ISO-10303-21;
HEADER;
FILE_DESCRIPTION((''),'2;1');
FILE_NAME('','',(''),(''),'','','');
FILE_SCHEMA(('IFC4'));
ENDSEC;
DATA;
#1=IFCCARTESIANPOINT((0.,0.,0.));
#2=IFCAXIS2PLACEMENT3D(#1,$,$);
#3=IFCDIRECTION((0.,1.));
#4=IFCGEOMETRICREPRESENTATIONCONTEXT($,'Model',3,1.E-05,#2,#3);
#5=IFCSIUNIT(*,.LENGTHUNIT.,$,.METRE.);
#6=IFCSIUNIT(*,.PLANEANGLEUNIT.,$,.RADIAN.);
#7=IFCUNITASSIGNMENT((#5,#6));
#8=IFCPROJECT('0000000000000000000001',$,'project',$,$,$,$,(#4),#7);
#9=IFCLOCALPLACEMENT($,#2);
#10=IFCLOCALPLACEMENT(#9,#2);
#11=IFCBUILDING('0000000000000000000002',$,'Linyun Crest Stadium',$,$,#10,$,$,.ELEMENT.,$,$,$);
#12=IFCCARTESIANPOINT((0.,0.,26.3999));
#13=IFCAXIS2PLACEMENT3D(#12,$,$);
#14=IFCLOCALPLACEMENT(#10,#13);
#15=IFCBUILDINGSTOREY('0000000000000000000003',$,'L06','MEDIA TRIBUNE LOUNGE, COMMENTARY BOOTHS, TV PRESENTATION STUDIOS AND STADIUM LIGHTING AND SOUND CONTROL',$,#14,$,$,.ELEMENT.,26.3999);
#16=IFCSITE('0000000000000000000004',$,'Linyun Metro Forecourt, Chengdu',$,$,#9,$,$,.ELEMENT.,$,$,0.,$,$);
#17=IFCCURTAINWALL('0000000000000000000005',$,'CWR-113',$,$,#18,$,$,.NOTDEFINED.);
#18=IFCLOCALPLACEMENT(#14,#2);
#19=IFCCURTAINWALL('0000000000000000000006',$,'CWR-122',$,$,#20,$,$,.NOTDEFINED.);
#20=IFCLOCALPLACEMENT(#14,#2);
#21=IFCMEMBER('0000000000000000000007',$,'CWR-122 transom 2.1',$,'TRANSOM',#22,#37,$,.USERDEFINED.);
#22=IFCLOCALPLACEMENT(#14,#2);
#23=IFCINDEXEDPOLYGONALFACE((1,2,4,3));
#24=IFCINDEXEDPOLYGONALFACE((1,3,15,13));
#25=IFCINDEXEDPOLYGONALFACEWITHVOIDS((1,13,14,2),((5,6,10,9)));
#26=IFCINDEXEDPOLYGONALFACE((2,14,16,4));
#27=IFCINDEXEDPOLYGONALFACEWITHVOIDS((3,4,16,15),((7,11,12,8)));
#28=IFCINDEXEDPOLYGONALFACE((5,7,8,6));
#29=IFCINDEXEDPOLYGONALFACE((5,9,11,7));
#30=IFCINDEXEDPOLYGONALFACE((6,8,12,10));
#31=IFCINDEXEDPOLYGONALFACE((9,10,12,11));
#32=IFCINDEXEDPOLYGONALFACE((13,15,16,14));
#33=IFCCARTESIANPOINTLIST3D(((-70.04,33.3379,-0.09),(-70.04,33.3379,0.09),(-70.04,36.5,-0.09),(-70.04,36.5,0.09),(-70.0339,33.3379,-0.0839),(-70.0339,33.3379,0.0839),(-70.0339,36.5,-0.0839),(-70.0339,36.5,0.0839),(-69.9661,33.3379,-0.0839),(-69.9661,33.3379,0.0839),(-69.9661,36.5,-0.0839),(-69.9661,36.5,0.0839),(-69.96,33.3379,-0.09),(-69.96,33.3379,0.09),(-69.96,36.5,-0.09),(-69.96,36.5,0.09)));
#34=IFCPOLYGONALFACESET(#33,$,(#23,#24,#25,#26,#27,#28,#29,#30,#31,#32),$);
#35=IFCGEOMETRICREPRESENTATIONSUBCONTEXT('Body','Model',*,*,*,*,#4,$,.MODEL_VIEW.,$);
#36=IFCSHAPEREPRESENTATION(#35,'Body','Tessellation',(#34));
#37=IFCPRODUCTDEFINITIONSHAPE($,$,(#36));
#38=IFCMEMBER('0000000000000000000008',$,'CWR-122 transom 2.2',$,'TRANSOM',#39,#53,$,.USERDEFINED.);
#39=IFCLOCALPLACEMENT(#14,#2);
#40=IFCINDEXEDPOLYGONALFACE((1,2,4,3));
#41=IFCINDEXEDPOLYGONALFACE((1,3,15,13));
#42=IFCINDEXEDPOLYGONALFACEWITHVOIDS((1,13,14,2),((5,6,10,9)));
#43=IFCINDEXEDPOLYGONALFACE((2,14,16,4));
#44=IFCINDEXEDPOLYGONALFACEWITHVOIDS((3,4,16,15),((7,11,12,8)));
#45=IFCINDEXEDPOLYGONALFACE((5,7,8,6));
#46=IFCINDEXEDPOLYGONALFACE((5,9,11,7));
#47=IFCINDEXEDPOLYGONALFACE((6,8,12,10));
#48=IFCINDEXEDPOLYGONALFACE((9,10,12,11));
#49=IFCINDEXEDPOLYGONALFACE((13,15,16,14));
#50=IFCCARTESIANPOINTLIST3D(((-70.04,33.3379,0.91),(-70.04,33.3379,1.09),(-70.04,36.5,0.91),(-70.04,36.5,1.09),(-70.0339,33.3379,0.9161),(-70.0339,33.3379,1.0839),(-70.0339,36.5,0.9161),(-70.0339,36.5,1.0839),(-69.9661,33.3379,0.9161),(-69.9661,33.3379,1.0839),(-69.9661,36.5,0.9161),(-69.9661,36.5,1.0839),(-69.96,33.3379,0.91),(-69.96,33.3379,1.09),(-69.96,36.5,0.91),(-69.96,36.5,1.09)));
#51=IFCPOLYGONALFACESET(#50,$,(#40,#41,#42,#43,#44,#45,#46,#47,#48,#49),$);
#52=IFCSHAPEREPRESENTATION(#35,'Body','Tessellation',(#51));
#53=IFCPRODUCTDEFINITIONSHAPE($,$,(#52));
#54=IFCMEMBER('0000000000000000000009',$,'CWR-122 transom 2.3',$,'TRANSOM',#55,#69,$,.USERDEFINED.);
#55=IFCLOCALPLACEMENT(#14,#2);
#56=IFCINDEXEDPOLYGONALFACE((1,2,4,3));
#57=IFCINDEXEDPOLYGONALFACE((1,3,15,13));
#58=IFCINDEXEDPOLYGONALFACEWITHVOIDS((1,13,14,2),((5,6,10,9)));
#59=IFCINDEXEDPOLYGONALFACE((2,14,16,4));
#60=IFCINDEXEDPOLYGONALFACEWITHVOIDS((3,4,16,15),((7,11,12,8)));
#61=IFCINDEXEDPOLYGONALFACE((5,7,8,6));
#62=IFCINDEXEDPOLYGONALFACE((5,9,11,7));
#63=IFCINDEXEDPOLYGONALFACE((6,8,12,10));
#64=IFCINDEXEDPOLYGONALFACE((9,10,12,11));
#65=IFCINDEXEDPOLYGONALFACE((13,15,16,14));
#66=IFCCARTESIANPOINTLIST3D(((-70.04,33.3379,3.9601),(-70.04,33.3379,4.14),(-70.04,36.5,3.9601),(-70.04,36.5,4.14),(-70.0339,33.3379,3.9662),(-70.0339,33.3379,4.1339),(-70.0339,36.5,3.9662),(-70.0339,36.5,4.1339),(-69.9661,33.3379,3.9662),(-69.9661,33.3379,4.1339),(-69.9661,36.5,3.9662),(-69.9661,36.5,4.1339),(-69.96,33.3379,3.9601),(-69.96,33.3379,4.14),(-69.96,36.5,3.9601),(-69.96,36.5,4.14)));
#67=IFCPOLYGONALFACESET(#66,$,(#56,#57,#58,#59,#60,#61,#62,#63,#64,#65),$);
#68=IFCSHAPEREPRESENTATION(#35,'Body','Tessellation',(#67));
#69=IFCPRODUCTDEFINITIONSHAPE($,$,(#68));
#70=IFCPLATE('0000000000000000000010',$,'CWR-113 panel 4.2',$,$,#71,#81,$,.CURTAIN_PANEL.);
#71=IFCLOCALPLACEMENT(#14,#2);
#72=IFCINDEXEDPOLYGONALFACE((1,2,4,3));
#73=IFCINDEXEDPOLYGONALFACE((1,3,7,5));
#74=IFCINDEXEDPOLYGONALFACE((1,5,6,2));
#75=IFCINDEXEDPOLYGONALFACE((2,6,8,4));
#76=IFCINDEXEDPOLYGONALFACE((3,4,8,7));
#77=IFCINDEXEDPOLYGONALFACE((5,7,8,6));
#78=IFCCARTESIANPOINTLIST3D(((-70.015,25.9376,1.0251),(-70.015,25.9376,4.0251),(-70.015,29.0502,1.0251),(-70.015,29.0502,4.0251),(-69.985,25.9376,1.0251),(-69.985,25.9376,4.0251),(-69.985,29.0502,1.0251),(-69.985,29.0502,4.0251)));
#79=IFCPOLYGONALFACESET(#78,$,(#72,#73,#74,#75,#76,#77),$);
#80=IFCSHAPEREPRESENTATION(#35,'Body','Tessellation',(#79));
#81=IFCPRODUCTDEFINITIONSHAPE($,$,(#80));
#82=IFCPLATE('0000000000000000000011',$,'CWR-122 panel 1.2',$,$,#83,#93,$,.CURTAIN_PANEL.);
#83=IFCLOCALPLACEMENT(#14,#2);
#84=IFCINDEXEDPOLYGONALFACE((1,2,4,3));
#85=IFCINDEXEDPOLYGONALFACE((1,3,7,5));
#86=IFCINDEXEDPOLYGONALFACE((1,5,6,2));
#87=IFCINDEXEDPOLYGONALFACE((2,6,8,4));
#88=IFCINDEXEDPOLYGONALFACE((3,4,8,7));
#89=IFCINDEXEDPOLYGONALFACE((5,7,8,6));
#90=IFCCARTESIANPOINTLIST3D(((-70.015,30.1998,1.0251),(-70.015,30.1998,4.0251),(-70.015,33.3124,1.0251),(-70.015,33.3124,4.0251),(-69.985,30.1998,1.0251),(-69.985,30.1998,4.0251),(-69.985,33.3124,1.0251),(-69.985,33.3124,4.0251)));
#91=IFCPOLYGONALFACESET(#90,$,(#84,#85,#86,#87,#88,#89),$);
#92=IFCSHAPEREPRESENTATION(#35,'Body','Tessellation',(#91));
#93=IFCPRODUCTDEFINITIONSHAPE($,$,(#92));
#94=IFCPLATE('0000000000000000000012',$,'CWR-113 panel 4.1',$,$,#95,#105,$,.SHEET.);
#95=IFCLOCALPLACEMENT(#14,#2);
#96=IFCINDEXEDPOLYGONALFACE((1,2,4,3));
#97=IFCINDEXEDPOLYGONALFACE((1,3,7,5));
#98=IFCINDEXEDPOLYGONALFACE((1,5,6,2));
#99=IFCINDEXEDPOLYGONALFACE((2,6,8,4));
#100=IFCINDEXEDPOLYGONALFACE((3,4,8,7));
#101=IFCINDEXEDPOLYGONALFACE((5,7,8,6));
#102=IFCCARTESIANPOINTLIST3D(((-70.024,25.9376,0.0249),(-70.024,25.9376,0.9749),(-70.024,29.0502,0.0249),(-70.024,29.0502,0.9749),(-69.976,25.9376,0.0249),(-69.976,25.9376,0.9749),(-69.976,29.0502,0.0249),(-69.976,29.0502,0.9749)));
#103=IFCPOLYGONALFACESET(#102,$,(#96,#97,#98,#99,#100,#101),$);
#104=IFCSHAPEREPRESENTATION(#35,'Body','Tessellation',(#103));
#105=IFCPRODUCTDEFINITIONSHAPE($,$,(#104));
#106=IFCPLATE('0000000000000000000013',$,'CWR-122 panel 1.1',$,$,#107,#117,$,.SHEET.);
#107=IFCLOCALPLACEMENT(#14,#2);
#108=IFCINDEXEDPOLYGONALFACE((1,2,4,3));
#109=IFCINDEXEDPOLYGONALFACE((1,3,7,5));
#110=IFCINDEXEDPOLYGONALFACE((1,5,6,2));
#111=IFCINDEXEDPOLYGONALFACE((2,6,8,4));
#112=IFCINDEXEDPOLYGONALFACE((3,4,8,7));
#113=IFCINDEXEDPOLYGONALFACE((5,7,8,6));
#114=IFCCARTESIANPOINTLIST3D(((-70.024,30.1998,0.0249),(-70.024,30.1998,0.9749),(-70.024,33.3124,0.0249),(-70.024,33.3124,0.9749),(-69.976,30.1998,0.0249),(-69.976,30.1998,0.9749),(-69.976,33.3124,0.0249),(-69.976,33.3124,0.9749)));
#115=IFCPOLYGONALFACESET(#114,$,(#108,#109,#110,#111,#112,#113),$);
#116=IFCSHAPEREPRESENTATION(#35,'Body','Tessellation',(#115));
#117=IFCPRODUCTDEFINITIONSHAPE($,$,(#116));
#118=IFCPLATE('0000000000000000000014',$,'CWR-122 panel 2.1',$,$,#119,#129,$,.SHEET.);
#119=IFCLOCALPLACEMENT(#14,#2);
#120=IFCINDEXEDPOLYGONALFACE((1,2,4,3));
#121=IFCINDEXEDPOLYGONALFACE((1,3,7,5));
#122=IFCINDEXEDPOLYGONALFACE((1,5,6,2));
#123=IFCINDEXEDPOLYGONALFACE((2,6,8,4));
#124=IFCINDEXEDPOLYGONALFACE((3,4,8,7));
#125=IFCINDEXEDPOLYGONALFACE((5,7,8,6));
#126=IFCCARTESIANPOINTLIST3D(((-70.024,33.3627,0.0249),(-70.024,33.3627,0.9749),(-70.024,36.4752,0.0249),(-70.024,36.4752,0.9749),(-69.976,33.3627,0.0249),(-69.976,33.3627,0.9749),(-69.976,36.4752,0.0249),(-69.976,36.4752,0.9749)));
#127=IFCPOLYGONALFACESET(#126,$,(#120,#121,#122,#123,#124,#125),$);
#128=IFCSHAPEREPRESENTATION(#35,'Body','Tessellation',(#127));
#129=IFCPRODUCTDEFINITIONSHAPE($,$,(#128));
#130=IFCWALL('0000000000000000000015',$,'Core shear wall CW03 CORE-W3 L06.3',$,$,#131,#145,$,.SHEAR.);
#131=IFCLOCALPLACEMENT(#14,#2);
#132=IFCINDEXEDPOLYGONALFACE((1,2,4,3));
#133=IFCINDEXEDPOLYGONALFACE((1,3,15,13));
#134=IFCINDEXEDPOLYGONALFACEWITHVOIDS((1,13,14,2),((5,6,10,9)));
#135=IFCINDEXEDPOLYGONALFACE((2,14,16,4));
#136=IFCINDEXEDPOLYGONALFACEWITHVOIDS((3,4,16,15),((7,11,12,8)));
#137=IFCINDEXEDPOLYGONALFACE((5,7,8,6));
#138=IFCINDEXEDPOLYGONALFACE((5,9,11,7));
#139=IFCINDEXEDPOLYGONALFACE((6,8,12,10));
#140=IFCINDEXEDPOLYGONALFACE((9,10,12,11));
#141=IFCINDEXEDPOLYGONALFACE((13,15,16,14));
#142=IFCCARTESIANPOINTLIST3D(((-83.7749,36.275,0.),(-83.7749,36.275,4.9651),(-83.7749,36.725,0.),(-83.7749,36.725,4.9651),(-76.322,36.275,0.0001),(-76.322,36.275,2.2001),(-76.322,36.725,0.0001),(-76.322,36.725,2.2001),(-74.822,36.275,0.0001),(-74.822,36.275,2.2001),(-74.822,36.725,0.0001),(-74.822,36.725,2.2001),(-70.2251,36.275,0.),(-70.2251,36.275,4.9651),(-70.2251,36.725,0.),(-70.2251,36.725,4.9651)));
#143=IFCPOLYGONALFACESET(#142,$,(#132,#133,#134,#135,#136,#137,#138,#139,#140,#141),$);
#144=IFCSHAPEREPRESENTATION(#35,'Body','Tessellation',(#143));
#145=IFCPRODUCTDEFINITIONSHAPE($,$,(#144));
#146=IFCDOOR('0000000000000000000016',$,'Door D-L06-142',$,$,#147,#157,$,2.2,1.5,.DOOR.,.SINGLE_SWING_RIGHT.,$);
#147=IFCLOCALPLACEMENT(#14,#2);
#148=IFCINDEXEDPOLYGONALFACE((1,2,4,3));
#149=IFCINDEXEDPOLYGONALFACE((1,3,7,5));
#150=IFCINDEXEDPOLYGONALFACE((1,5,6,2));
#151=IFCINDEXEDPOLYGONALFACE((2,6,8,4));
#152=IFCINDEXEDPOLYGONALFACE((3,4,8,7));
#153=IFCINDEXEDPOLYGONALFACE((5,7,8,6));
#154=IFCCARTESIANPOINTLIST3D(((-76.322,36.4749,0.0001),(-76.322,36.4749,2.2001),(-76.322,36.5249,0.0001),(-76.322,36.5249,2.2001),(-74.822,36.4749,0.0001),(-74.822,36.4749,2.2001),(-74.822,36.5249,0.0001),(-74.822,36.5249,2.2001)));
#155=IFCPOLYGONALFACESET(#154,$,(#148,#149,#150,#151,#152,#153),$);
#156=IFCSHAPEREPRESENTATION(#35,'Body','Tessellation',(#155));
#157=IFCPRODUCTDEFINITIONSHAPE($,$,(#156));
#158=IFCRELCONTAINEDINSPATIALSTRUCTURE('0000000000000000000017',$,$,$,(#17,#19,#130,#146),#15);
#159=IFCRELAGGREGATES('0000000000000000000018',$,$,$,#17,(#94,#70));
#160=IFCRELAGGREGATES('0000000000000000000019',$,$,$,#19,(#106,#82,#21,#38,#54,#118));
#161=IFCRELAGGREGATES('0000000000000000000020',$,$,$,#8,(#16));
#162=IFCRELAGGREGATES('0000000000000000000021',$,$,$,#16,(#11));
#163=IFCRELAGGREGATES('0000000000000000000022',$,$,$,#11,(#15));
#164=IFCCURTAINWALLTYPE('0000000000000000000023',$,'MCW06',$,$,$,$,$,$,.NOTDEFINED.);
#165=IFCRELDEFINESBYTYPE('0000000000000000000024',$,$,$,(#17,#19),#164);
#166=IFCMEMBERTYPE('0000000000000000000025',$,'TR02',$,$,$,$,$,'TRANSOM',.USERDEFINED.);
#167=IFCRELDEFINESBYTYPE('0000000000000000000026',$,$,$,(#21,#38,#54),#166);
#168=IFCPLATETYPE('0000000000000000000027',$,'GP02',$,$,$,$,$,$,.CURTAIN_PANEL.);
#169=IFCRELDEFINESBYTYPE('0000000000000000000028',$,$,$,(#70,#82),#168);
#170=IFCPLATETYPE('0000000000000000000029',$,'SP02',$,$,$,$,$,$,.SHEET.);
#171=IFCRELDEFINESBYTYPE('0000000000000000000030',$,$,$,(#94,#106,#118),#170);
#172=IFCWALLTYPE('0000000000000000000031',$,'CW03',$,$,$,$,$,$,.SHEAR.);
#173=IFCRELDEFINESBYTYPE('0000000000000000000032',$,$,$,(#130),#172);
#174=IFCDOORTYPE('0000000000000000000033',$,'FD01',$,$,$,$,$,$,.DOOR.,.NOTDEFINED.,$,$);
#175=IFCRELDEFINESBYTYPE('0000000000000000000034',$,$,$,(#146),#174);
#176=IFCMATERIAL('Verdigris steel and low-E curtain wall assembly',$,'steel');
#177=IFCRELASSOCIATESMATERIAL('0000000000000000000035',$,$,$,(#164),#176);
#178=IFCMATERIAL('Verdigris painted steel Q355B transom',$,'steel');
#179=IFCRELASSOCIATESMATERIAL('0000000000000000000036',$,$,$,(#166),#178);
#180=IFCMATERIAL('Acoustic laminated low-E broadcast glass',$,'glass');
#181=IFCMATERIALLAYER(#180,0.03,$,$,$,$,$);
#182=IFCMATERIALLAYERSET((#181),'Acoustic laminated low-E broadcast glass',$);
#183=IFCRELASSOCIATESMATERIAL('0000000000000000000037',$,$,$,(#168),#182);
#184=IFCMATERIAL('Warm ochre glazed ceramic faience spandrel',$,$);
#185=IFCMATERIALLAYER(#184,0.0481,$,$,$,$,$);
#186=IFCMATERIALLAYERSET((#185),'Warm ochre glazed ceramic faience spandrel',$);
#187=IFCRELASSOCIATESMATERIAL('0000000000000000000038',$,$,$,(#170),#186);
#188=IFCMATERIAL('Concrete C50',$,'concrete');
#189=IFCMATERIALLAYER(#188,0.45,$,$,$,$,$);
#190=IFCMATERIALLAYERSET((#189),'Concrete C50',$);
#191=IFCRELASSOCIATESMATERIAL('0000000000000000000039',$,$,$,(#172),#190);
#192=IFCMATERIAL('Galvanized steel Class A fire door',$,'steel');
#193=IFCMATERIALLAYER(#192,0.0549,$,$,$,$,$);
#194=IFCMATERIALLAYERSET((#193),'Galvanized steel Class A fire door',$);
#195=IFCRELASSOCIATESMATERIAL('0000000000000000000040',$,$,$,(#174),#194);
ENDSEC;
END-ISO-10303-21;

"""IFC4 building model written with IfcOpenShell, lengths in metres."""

from ifc_helpers import new_model, si_unit, direction, frame, frame_2d, origin, origin_2d, place, context, subcontext, project, spatial, rectangle, hollow_rectangle, extrude, material, layer, layer_set, material_profile, profile_set, type_object, element, fill, aggregate, save


model = new_model("IFC4")

# Units and contexts
model_context = context("Model", 3, precision=1e-05, world=origin(), true_north=direction((0.0, 1.0)))
body_context = subcontext(model_context, "Body", "Model", "MODEL_VIEW")
ifc_project = project(units=[si_unit("LENGTHUNIT", "METRE"), si_unit("PLANEANGLEUNIT", "RADIAN")], contexts=[model_context])

# Site, building, storey
site_placement = place(None, origin())
site = spatial("IfcSite", under=ifc_project, at=site_placement, Name="Linyun Metro Forecourt, Chengdu", CompositionType="ELEMENT", RefElevation=0.0)
building_placement = place(site_placement, origin())
building = spatial("IfcBuilding", under=site, at=building_placement, Name="Linyun Crest Stadium", CompositionType="ELEMENT")
storey_placement = place(building_placement, frame((0.0, 0.0, 26.3999)))
storey = spatial("IfcBuildingStorey", under=building, at=storey_placement, Name="L06", Description="MEDIA TRIBUNE LOUNGE, COMMENTARY BOOTHS, TV PRESENTATION STUDIOS AND STADIUM LIGHTING AND SOUND CONTROL", CompositionType="ELEMENT", Elevation=26.3999)

# Curtain wall
ifc_material_1 = material(Name="Verdigris steel and low-E curtain wall assembly", Category="steel")
curtain_wall_type = type_object("IfcCurtainWallType", Name="MCW06", PredefinedType="NOTDEFINED", material=ifc_material_1)
curtain_wall_1_placement = place(storey_placement, origin())
curtain_wall_1 = element("IfcCurtainWall", 1, at=curtain_wall_1_placement, inside=storey, type_object=curtain_wall_type, Name="CWR-113", PredefinedType="NOTDEFINED")

# Curtain wall
curtain_wall_2_placement = place(storey_placement, origin())
curtain_wall_2 = element("IfcCurtainWall", 2, at=curtain_wall_2_placement, inside=storey, type_object=curtain_wall_type, Name="CWR-122", PredefinedType="NOTDEFINED")

# Members
ifc_material_2 = material(Name="Verdigris painted steel Q355B transom", Category="steel")
ifc_material_profile_1 = material_profile(ifc_material_2, hollow_rectangle(XDim=0.0801, YDim=0.1799, WallThickness=0.0061, at=origin_2d()), Name="RHS 180x80x6")
ifc_profile_set_1 = profile_set([ifc_material_profile_1], Name="Verdigris painted steel Q355B transom")
member_type_1 = type_object("IfcMemberType", Name="TR02", ElementType="TRANSOM", PredefinedType="USERDEFINED", material=ifc_profile_set_1)
member_1_placement = place(storey_placement, frame((-70.0, 33.3379, 0.0), z_axis=(0.0, 1.0, 0.0), x_axis=(-1.0, 0.0, 0.0)))
member_1 = element("IfcMember", 3, at=member_1_placement, type_object=member_type_1, Name="CWR-122 transom 2.1", ObjectType="TRANSOM", PredefinedType="USERDEFINED", context=body_context, shape_type="SweptSolid", body=[
    extrude(hollow_rectangle(XDim=0.0801, YDim=0.1799, WallThickness=0.0061, at=origin_2d()), origin(), (0.0, 0.0, 1.0), 3.1621),
])
member_2_placement = place(storey_placement, frame((-70.0, 33.3379, 1.0), z_axis=(0.0, 1.0, 0.0), x_axis=(-1.0, 0.0, 0.0)))
member_2 = element("IfcMember", 4, at=member_2_placement, type_object=member_type_1, Name="CWR-122 transom 2.2", ObjectType="TRANSOM", PredefinedType="USERDEFINED", context=body_context, shape_type="SweptSolid", body=[
    extrude(hollow_rectangle(XDim=0.0801, YDim=0.1799, WallThickness=0.0061, at=origin_2d()), origin(), (0.0, 0.0, 1.0), 3.1621),
])
member_3_placement = place(storey_placement, frame((-70.0, 33.3379, 4.05), z_axis=(0.0, 1.0, 0.0), x_axis=(-1.0, 0.0, 0.0)))
member_3 = element("IfcMember", 5, at=member_3_placement, type_object=member_type_1, Name="CWR-122 transom 2.3", ObjectType="TRANSOM", PredefinedType="USERDEFINED", context=body_context, shape_type="SweptSolid", body=[
    extrude(hollow_rectangle(XDim=0.0801, YDim=0.1799, WallThickness=0.0061, at=origin_2d()), origin(), (0.0, 0.0, 1.0), 3.1621),
])

# Plates
ifc_material_3 = material(Name="Acoustic laminated low-E broadcast glass", Category="glass")
ifc_layer_1 = layer(ifc_material_3, 0.03)
ifc_layer_set_1 = layer_set([ifc_layer_1], Name="Acoustic laminated low-E broadcast glass")
plate_type_1 = type_object("IfcPlateType", Name="GP02", PredefinedType="CURTAIN_PANEL", material=ifc_layer_set_1)
plate_1_placement = place(storey_placement, frame((-70.0, 27.4939, 1.0251), z_axis=(0.0, 0.0, 1.0), x_axis=(0.0, 1.0, 0.0)))
plate_1 = element("IfcPlate", 6, at=plate_1_placement, type_object=plate_type_1, Name="CWR-113 panel 4.2", PredefinedType="CURTAIN_PANEL", context=body_context, shape_type="SweptSolid", body=[
    extrude(rectangle(XDim=3.1125, YDim=0.03, at=origin_2d()), origin(), (0.0, 0.0, 1.0), 3.0),
])
plate_2_placement = place(storey_placement, frame((-70.0, 31.7561, 1.0251), z_axis=(0.0, 0.0, 1.0), x_axis=(0.0, 1.0, 0.0)))
plate_2 = element("IfcPlate", 7, at=plate_2_placement, type_object=plate_type_1, Name="CWR-122 panel 1.2", PredefinedType="CURTAIN_PANEL", context=body_context, shape_type="SweptSolid", body=[
    extrude(rectangle(XDim=3.1125, YDim=0.03, at=origin_2d()), origin(), (0.0, 0.0, 1.0), 3.0),
])
ifc_material_4 = material(Name="Warm ochre glazed ceramic faience spandrel")
ifc_layer_2 = layer(ifc_material_4, 0.0481)
ifc_layer_set_2 = layer_set([ifc_layer_2], Name="Warm ochre glazed ceramic faience spandrel")
plate_type_2 = type_object("IfcPlateType", Name="SP02", PredefinedType="SHEET", material=ifc_layer_set_2)
plate_3_placement = place(storey_placement, frame((-70.0, 27.4939, 0.0249), z_axis=(0.0, 0.0, 1.0), x_axis=(0.0, 1.0, 0.0)))
plate_3 = element("IfcPlate", 8, at=plate_3_placement, type_object=plate_type_2, Name="CWR-113 panel 4.1", PredefinedType="SHEET", context=body_context, shape_type="SweptSolid", body=[
    extrude(rectangle(XDim=3.1125, YDim=0.0481, at=origin_2d()), origin(), (0.0, 0.0, 1.0), 0.95),
])
aggregate(curtain_wall_1, [plate_3, plate_1])
plate_4_placement = place(storey_placement, frame((-70.0, 31.7561, 0.0249), z_axis=(0.0, 0.0, 1.0), x_axis=(0.0, 1.0, 0.0)))
plate_4 = element("IfcPlate", 9, at=plate_4_placement, type_object=plate_type_2, Name="CWR-122 panel 1.1", PredefinedType="SHEET", context=body_context, shape_type="SweptSolid", body=[
    extrude(rectangle(XDim=3.1125, YDim=0.0481, at=origin_2d()), origin(), (0.0, 0.0, 1.0), 0.95),
])
plate_5_placement = place(storey_placement, frame((-70.0, 34.9189, 0.0249), z_axis=(0.0, 0.0, 1.0), x_axis=(0.0, 1.0, 0.0)))
plate_5 = element("IfcPlate", 10, at=plate_5_placement, type_object=plate_type_2, Name="CWR-122 panel 2.1", PredefinedType="SHEET", context=body_context, shape_type="SweptSolid", body=[
    extrude(rectangle(XDim=3.1125, YDim=0.0481, at=origin_2d()), origin(), (0.0, 0.0, 1.0), 0.95),
])
aggregate(curtain_wall_2, [plate_4, plate_2, member_1, member_2, member_3, plate_5])

# Wall, opening, door
ifc_material_5 = material(Name="Concrete C50", Category="concrete")
ifc_layer_3 = layer(ifc_material_5, 0.45)
ifc_layer_set_3 = layer_set([ifc_layer_3], Name="Concrete C50")
wall_type_1 = type_object("IfcWallType", Name="CW03", PredefinedType="SHEAR", material=ifc_layer_set_3)
wall_1_placement = place(storey_placement, frame((-83.7749, 36.5, 0.0), z_axis=(0.0, 0.0, 1.0), x_axis=(1.0, 0.0, 0.0)))
wall_1 = element("IfcWall", 11, at=wall_1_placement, inside=storey, type_object=wall_type_1, Name="Core shear wall CW03 CORE-W3 L06.3", PredefinedType="SHEAR", context=body_context, shape_type="SweptSolid", body=[
    extrude(rectangle(XDim=13.5498, YDim=0.45, at=frame_2d((6.7749, 0.0))), origin(), (0.0, 0.0, 1.0), 4.9651),
])
opening_1_placement = place(wall_1_placement, frame((7.4529, 0.0, 0.0)))
opening_1 = element("IfcOpeningElement", 12, at=opening_1_placement, cuts=wall_1, PredefinedType="OPENING", context=body_context, shape_type="SweptSolid", body=[
    extrude(rectangle(XDim=1.5, YDim=2.2, at=frame_2d((0.75, 1.1001))), frame((0.0, 0.2349, 0.0), z_axis=(0.0, -1.0, 0.0), x_axis=(1.0, 0.0, 0.0)), (0.0, 0.0, 1.0), 0.47),
])
ifc_material_6 = material(Name="Galvanized steel Class A fire door", Category="steel")
ifc_layer_4 = layer(ifc_material_6, 0.0549)
ifc_layer_set_4 = layer_set([ifc_layer_4], Name="Galvanized steel Class A fire door")
door_type_1 = type_object("IfcDoorType", Name="FD01", OperationType="NOTDEFINED", PredefinedType="DOOR", material=ifc_layer_set_4)
door_1_placement = place(opening_1_placement, origin())
door_1 = element("IfcDoor", 13, at=door_1_placement, inside=storey, type_object=door_type_1, Name="Door D-L06-142", OperationType="SINGLE_SWING_RIGHT", OverallHeight=2.2, OverallWidth=1.5, PredefinedType="DOOR", context=body_context, shape_type="SweptSolid", body=[
    extrude(rectangle(XDim=1.5, YDim=2.2, at=frame_2d((0.75, 1.1001))), frame((0.0, 0.0249, 0.0), z_axis=(0.0, -1.0, 0.0), x_axis=(1.0, 0.0, 0.0)), (0.0, 0.0, 1.0), 0.05),
])
fill(opening_1, door_1)

save(model, "model.ifc")
